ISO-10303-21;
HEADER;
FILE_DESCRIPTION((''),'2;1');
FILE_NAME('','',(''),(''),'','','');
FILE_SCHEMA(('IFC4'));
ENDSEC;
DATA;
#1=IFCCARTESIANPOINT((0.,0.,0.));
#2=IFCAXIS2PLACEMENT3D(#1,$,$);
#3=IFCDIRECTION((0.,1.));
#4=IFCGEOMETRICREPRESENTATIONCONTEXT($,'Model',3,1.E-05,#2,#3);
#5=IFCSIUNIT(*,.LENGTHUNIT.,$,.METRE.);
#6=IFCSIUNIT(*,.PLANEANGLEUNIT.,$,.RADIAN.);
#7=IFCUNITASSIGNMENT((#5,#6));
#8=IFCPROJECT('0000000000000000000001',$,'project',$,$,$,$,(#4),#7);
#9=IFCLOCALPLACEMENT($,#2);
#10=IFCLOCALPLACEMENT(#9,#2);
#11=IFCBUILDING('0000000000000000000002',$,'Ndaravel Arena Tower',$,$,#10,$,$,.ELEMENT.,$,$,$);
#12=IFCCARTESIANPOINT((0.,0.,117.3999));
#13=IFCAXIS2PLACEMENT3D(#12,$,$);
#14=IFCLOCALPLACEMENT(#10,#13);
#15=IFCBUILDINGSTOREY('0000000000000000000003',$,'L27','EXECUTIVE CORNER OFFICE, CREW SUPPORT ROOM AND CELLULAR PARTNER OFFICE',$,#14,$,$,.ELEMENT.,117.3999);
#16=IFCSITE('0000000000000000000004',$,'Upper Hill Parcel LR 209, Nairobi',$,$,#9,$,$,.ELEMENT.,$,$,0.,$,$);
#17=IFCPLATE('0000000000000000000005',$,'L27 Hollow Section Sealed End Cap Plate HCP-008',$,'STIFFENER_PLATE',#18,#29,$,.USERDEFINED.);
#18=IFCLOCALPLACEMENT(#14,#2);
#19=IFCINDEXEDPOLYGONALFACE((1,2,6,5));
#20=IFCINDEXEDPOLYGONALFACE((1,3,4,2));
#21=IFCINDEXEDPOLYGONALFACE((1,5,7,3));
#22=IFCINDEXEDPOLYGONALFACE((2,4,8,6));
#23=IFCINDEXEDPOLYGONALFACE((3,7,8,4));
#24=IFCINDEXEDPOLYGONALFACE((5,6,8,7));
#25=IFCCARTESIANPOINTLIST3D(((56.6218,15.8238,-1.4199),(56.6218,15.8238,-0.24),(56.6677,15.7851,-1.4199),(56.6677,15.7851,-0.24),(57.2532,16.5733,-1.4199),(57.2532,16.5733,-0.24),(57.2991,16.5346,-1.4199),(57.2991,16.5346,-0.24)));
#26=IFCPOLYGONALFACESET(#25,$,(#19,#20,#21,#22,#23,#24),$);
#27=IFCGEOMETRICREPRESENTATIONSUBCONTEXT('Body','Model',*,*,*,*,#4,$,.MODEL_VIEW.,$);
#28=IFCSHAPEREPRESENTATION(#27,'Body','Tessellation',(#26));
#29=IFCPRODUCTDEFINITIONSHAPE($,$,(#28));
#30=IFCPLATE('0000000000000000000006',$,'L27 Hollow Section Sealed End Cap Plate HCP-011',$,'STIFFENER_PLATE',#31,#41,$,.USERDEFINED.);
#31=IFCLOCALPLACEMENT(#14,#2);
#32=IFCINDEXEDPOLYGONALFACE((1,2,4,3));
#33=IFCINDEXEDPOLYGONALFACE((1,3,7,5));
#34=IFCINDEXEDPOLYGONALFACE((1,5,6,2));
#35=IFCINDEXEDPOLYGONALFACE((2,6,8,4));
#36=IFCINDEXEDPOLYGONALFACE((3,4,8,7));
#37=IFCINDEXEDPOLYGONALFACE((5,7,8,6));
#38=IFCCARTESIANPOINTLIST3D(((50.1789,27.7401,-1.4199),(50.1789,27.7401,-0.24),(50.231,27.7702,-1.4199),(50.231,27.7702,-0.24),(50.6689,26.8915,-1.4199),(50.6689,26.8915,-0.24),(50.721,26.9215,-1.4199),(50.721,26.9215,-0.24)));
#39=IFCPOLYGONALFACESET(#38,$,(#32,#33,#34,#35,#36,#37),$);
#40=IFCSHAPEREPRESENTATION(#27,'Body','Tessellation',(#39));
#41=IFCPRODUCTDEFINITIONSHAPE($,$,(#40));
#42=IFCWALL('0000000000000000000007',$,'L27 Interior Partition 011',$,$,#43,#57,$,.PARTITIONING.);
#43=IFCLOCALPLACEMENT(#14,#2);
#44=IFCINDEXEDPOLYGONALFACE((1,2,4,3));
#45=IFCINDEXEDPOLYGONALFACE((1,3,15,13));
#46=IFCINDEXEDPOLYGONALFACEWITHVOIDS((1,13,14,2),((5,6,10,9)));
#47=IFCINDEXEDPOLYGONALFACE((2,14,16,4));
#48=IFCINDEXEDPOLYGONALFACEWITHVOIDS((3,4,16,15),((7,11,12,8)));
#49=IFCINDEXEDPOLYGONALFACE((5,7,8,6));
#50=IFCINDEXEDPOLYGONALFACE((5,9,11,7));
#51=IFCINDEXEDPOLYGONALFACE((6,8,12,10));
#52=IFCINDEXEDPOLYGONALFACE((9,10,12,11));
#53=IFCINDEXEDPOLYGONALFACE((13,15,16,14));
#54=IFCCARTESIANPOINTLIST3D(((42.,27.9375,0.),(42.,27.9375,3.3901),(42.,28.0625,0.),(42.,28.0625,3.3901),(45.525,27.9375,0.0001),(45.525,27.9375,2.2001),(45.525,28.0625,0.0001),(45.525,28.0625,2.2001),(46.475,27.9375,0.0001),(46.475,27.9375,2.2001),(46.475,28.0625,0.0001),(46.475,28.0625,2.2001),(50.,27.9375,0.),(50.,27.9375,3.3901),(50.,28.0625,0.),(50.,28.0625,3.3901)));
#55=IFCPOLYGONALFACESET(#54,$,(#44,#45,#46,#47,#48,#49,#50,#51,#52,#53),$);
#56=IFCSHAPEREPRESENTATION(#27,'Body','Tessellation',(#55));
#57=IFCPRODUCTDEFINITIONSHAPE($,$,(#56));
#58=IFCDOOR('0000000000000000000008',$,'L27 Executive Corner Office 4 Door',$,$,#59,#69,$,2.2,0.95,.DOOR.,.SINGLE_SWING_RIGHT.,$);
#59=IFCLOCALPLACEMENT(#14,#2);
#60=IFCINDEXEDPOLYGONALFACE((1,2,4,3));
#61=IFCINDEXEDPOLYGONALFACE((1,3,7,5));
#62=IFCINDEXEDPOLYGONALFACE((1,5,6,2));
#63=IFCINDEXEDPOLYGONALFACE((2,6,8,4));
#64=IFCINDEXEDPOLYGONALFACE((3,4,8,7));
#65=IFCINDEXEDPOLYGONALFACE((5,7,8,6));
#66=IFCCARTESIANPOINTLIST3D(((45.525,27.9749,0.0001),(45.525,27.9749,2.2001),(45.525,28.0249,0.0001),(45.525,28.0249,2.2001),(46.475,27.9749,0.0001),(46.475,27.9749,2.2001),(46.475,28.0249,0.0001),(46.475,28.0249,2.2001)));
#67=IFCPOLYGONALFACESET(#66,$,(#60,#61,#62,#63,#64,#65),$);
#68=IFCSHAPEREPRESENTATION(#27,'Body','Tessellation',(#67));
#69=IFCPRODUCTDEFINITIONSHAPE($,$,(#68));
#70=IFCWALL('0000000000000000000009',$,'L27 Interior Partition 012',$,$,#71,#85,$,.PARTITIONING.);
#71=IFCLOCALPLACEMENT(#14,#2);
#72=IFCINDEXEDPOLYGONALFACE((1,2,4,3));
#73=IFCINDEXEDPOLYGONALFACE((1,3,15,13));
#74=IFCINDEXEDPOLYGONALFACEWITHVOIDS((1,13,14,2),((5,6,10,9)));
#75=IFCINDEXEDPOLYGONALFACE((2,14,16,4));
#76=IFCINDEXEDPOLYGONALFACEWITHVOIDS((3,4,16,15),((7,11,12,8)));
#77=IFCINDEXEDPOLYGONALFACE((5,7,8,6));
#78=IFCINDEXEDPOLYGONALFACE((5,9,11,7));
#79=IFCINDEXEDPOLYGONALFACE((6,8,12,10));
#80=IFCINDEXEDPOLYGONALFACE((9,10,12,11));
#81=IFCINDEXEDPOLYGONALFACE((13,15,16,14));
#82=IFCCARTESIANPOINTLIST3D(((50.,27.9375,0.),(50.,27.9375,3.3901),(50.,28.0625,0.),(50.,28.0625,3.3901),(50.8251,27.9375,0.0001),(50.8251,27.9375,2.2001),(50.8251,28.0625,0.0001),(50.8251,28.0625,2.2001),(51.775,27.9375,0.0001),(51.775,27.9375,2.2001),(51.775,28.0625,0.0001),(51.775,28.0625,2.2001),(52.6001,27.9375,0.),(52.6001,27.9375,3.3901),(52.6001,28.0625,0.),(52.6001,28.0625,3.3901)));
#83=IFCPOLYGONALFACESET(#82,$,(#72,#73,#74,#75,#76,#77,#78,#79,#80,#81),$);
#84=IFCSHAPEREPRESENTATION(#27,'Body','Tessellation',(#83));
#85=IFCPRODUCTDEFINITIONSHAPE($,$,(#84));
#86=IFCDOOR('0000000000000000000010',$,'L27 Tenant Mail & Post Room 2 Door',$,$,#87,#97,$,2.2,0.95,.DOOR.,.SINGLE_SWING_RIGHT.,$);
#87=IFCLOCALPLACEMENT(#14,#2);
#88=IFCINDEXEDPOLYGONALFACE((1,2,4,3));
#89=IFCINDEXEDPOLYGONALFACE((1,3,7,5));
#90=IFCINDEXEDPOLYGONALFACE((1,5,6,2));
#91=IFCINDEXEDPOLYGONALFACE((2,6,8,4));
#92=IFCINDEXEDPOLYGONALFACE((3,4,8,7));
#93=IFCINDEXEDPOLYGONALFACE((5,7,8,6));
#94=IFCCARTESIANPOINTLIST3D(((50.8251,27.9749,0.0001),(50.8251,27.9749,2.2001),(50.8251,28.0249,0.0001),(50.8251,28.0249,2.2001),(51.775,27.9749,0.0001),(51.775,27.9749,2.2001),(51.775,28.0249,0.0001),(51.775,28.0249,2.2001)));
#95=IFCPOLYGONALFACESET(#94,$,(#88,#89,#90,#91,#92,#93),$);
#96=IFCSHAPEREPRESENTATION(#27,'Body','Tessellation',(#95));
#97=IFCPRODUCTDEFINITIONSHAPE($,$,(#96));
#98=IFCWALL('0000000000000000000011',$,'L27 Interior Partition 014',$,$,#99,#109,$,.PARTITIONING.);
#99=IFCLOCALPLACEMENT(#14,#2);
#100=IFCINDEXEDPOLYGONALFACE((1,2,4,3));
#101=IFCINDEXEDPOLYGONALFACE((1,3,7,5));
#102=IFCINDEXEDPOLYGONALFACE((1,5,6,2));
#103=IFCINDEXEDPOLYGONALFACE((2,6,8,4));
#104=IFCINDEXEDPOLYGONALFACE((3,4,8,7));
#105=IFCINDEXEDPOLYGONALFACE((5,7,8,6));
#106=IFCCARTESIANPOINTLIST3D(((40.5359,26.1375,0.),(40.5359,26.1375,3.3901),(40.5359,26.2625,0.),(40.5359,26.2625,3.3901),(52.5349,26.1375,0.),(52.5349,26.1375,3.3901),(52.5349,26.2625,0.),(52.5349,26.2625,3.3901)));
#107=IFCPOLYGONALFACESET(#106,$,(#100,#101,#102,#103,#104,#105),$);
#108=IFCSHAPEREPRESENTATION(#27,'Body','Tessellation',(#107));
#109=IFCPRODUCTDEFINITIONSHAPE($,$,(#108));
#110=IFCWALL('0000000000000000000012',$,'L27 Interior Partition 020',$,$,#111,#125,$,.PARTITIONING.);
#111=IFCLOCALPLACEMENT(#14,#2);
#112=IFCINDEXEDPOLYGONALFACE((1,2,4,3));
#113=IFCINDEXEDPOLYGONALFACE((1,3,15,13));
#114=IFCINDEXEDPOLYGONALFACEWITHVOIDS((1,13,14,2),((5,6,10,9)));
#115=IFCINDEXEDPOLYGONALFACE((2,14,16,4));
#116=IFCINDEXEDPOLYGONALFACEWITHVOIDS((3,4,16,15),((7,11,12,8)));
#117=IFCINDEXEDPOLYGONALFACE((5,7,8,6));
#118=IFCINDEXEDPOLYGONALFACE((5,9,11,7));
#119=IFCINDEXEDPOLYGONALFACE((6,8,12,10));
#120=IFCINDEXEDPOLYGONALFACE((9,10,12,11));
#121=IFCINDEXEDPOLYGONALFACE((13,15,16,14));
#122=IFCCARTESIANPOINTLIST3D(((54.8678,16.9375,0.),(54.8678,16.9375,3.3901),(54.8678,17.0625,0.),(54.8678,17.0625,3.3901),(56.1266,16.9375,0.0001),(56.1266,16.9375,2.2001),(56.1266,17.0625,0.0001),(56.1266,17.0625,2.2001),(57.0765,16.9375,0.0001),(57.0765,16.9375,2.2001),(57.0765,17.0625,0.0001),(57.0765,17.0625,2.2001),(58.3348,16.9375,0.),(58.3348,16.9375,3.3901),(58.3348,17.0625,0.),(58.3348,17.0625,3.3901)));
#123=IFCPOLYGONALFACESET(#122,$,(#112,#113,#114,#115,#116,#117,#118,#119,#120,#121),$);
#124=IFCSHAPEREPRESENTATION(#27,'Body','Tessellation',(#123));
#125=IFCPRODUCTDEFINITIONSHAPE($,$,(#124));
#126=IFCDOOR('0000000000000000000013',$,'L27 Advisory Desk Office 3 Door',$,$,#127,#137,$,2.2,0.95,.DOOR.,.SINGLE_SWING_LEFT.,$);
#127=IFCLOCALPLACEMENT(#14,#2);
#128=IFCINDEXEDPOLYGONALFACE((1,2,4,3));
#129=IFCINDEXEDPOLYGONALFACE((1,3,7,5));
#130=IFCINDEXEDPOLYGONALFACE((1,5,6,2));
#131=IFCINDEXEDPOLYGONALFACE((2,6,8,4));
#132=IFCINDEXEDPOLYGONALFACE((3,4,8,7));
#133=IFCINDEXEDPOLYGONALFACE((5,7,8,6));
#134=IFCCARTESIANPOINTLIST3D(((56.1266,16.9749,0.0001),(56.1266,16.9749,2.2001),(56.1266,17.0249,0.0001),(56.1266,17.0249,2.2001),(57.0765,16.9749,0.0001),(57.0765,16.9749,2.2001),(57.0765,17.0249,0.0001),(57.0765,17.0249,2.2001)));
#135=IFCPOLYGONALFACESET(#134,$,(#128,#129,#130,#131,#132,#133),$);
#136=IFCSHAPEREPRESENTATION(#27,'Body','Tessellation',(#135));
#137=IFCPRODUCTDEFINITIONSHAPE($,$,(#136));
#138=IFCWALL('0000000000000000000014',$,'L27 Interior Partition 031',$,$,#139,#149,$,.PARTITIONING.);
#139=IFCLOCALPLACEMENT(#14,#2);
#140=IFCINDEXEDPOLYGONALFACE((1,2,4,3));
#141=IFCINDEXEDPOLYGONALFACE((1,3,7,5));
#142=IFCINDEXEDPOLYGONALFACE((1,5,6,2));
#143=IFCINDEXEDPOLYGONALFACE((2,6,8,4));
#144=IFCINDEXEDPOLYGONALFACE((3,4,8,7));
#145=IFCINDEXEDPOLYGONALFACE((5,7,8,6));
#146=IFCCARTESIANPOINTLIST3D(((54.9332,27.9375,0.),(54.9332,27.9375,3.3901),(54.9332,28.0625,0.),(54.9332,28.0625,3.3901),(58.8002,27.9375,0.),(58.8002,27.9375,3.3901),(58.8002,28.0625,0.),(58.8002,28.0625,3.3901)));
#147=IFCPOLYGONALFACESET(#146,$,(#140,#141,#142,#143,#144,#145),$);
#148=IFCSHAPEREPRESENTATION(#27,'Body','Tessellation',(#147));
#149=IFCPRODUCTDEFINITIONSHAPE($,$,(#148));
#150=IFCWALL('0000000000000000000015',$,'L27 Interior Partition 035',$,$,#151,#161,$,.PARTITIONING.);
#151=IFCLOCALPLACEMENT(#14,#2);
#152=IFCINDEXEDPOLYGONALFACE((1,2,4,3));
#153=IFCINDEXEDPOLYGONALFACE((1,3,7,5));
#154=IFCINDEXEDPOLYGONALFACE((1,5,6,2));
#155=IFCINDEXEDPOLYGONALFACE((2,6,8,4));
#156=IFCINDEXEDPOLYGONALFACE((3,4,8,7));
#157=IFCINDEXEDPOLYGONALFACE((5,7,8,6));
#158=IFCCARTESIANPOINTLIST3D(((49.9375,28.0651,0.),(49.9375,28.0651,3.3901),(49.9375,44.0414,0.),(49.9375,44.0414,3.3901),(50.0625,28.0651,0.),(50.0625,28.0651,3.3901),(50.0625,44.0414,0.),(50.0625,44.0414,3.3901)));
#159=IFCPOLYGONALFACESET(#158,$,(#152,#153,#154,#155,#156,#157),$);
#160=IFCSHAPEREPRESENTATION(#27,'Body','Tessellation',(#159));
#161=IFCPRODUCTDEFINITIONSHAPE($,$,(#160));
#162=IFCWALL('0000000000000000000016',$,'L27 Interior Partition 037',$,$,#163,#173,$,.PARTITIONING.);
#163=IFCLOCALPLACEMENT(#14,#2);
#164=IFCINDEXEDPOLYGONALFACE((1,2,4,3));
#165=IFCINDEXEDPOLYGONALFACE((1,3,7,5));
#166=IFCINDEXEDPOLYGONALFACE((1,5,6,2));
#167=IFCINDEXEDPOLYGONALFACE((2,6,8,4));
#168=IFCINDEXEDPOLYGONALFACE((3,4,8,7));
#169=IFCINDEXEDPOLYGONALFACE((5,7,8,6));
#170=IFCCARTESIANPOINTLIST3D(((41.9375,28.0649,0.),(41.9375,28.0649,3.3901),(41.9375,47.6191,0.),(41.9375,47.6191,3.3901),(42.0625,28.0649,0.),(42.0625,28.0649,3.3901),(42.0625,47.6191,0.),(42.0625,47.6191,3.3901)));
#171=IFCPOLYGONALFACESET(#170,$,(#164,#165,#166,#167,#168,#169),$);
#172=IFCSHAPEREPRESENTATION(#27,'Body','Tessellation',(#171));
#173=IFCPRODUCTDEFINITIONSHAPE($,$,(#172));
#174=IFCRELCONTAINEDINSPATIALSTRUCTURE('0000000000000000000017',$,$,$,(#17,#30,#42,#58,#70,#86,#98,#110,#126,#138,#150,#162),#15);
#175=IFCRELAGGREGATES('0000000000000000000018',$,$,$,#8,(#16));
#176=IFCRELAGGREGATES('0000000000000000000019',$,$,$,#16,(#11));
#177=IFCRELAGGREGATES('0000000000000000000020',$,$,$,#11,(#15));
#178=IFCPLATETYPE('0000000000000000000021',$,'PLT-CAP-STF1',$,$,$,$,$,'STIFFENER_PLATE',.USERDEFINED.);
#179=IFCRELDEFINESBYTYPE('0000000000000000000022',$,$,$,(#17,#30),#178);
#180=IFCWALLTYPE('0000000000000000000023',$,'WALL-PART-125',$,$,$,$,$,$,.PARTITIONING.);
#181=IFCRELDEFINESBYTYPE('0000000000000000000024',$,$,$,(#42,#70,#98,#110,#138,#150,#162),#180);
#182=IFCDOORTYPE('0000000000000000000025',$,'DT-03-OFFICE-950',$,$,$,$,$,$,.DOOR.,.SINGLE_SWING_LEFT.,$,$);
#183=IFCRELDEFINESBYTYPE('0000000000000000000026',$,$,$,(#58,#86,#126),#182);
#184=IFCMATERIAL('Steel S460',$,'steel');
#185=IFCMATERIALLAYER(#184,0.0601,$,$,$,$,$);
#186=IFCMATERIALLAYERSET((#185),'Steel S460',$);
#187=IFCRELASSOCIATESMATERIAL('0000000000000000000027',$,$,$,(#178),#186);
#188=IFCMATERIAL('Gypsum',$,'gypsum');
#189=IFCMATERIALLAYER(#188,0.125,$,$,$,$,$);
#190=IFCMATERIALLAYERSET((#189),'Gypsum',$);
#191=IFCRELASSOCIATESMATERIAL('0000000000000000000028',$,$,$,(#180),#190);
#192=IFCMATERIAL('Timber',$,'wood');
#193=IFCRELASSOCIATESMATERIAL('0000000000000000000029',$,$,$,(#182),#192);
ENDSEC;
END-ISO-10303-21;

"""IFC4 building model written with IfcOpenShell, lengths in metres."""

from ifc_helpers import new_model, si_unit, direction, frame, frame_2d, origin, origin_2d, place, context, subcontext, project, spatial, rectangle, extrude, material, layer, layer_set, type_object, element, fill, save


model = new_model("IFC4")

# Units and contexts
model_context = context("Model", 3, precision=1e-05, world=origin(), true_north=direction((0.0, 1.0)))
body_context = subcontext(model_context, "Body", "Model", "MODEL_VIEW")
ifc_project = project(units=[si_unit("LENGTHUNIT", "METRE"), si_unit("PLANEANGLEUNIT", "RADIAN")], contexts=[model_context])

# Site, building, storey
site_placement = place(None, origin())
site = spatial("IfcSite", under=ifc_project, at=site_placement, Name="Upper Hill Parcel LR 209, Nairobi", CompositionType="ELEMENT", RefElevation=0.0)
building_placement = place(site_placement, origin())
building = spatial("IfcBuilding", under=site, at=building_placement, Name="Ndaravel Arena Tower", CompositionType="ELEMENT")
storey_placement = place(building_placement, frame((0.0, 0.0, 117.3999)))
storey = spatial("IfcBuildingStorey", under=building, at=storey_placement, Name="L27", Description="EXECUTIVE CORNER OFFICE, CREW SUPPORT ROOM AND CELLULAR PARTNER OFFICE", CompositionType="ELEMENT", Elevation=117.3999)

# Plates
ifc_material_1 = material(Name="Steel S460", Category="steel")
ifc_layer_1 = layer(ifc_material_1, 0.0601)
ifc_layer_set_1 = layer_set([ifc_layer_1], Name="Steel S460")
plate_type = type_object("IfcPlateType", Name="PLT-CAP-STF1", ElementType="STIFFENER_PLATE", PredefinedType="USERDEFINED", material=ifc_layer_set_1)
for number, where, z_axis, x_axis, name in (
    (1, (56.9604, 16.1792, -1.4199), (0.0, 0.0, 1.0), (0.764809, -0.644257, 0.0), "L27 Hollow Section Sealed End Cap Plate HCP-008"),
    (2, (50.45, 27.3308, -1.4199), (0.0, 0.0, 1.0), (0.866025, 0.5, 0.0), "L27 Hollow Section Sealed End Cap Plate HCP-011"),
):
    element("IfcPlate", number, at=place(storey_placement, frame(where, z_axis=z_axis, x_axis=x_axis)), inside=storey, type_object=plate_type, Name=name, ObjectType="STIFFENER_PLATE", PredefinedType="USERDEFINED", context=body_context, shape_type="SweptSolid", body=[
        extrude(rectangle(XDim=0.0601, YDim=0.98, at=origin_2d()), origin(), (0.0, 0.0, 1.0), 1.1799),
    ])

# Walls, openings, doors
ifc_material_2 = material(Name="Gypsum", Category="gypsum")
ifc_layer_2 = layer(ifc_material_2, 0.125)
ifc_layer_set_2 = layer_set([ifc_layer_2], Name="Gypsum")
wall_type_1 = type_object("IfcWallType", Name="WALL-PART-125", PredefinedType="PARTITIONING", material=ifc_layer_set_2)
wall_1_placement = place(storey_placement, frame((42.0, 28.0, 0.0), z_axis=(0.0, 0.0, 1.0), x_axis=(1.0, 0.0, 0.0)))
wall_1 = element("IfcWall", 3, at=wall_1_placement, inside=storey, type_object=wall_type_1, Name="L27 Interior Partition 011", PredefinedType="PARTITIONING", context=body_context, shape_type="SweptSolid", body=[
    extrude(rectangle(XDim=8.0, YDim=0.125, at=frame_2d((4.0, 0.0))), origin(), (0.0, 0.0, 1.0), 3.3901),
])
opening_1_placement = place(wall_1_placement, frame((3.5249, 0.0, 0.0)))
opening_1 = element("IfcOpeningElement", 4, at=opening_1_placement, cuts=wall_1, PredefinedType="OPENING", context=body_context, shape_type="SweptSolid", body=[
    extrude(rectangle(XDim=0.95, YDim=2.2, at=frame_2d((0.4751, 1.1001))), frame((0.0, 0.0625, 0.0), z_axis=(0.0, -1.0, 0.0), x_axis=(1.0, 0.0, 0.0)), (0.0, 0.0, 1.0), 0.125),
])
ifc_material_3 = material(Name="Timber", Category="wood")
door_type_1 = type_object("IfcDoorType", Name="DT-03-OFFICE-950", OperationType="SINGLE_SWING_LEFT", PredefinedType="DOOR", material=ifc_material_3)
door_1_placement = place(opening_1_placement, origin())
door_1 = element("IfcDoor", 5, at=door_1_placement, inside=storey, type_object=door_type_1, Name="L27 Executive Corner Office 4 Door", OperationType="SINGLE_SWING_RIGHT", OverallHeight=2.2, OverallWidth=0.95, PredefinedType="DOOR", context=body_context, shape_type="SweptSolid", body=[
    extrude(rectangle(XDim=0.95, YDim=2.2, at=frame_2d((0.4751, 1.1001))), frame((0.0, 0.0249, 0.0), z_axis=(0.0, -1.0, 0.0), x_axis=(1.0, 0.0, 0.0)), (0.0, 0.0, 1.0), 0.05),
])
fill(opening_1, door_1)
wall_2_placement = place(storey_placement, frame((50.0, 28.0, 0.0), z_axis=(0.0, 0.0, 1.0), x_axis=(1.0, 0.0, 0.0)))
wall_2 = element("IfcWall", 6, at=wall_2_placement, inside=storey, type_object=wall_type_1, Name="L27 Interior Partition 012", PredefinedType="PARTITIONING", context=body_context, shape_type="SweptSolid", body=[
    extrude(rectangle(XDim=2.6001, YDim=0.125, at=frame_2d((1.3, 0.0))), origin(), (0.0, 0.0, 1.0), 3.3901),
])
opening_2_placement = place(wall_2_placement, frame((0.825, 0.0, 0.0)))
opening_2 = element("IfcOpeningElement", 7, at=opening_2_placement, cuts=wall_2, PredefinedType="OPENING", context=body_context, shape_type="SweptSolid", body=[
    extrude(rectangle(XDim=0.95, YDim=2.2, at=frame_2d((0.4751, 1.1001))), frame((0.0, 0.0625, 0.0), z_axis=(0.0, -1.0, 0.0), x_axis=(1.0, 0.0, 0.0)), (0.0, 0.0, 1.0), 0.125),
])
door_2_placement = place(opening_2_placement, origin())
door_2 = element("IfcDoor", 8, at=door_2_placement, inside=storey, type_object=door_type_1, Name="L27 Tenant Mail & Post Room 2 Door", OperationType="SINGLE_SWING_RIGHT", OverallHeight=2.2, OverallWidth=0.95, PredefinedType="DOOR", context=body_context, shape_type="SweptSolid", body=[
    extrude(rectangle(XDim=0.95, YDim=2.2, at=frame_2d((0.4751, 1.1001))), frame((0.0, 0.0249, 0.0), z_axis=(0.0, -1.0, 0.0), x_axis=(1.0, 0.0, 0.0)), (0.0, 0.0, 1.0), 0.05),
])
fill(opening_2, door_2)

# Wall
wall_3_placement = place(storey_placement, frame((52.5349, 26.2, 0.0), z_axis=(0.0, 0.0, 1.0), x_axis=(-1.0, 0.0, 0.0)))
element("IfcWall", 9, at=wall_3_placement, inside=storey, type_object=wall_type_1, Name="L27 Interior Partition 014", PredefinedType="PARTITIONING", context=body_context, shape_type="SweptSolid", body=[
    extrude(rectangle(XDim=11.999, YDim=0.125, at=frame_2d((5.9995, 0.0))), origin(), (0.0, 0.0, 1.0), 3.3901),
])

# Wall, opening, door
wall_4_placement = place(storey_placement, frame((54.8679, 17.0, 0.0), z_axis=(0.0, 0.0, 1.0), x_axis=(1.0, 0.0, 0.0)))
wall_4 = element("IfcWall", 10, at=wall_4_placement, inside=storey, type_object=wall_type_1, Name="L27 Interior Partition 020", PredefinedType="PARTITIONING", context=body_context, shape_type="SweptSolid", body=[
    extrude(rectangle(XDim=3.467, YDim=0.125, at=frame_2d((1.7334, 0.0))), origin(), (0.0, 0.0, 1.0), 3.3901),
])
opening_3_placement = place(wall_4_placement, frame((1.2585, 0.0, 0.0)))
opening_3 = element("IfcOpeningElement", 11, at=opening_3_placement, cuts=wall_4, PredefinedType="OPENING", context=body_context, shape_type="SweptSolid", body=[
    extrude(rectangle(XDim=0.95, YDim=2.2, at=frame_2d((0.4751, 1.1001))), frame((0.0, 0.0625, 0.0), z_axis=(0.0, -1.0, 0.0), x_axis=(1.0, 0.0, 0.0)), (0.0, 0.0, 1.0), 0.125),
])
door_3_placement = place(opening_3_placement, origin())
door_3 = element("IfcDoor", 12, at=door_3_placement, inside=storey, type_object=door_type_1, Name="L27 Advisory Desk Office 3 Door", OperationType="SINGLE_SWING_LEFT", OverallHeight=2.2, OverallWidth=0.95, PredefinedType="DOOR", context=body_context, shape_type="SweptSolid", body=[
    extrude(rectangle(XDim=0.95, YDim=2.2, at=frame_2d((0.4751, 1.1001))), frame((0.0, 0.0249, 0.0), z_axis=(0.0, -1.0, 0.0), x_axis=(1.0, 0.0, 0.0)), (0.0, 0.0, 1.0), 0.05),
])
fill(opening_3, door_3)

# Walls
wall_5_placement = place(storey_placement, frame((54.9331, 28.0, 0.0), z_axis=(0.0, 0.0, 1.0), x_axis=(1.0, 0.0, 0.0)))
element("IfcWall", 13, at=wall_5_placement, inside=storey, type_object=wall_type_1, Name="L27 Interior Partition 031", PredefinedType="PARTITIONING", context=body_context, shape_type="SweptSolid", body=[
    extrude(rectangle(XDim=3.8669, YDim=0.125, at=frame_2d((1.9336, 0.0))), origin(), (0.0, 0.0, 1.0), 3.3901),
])
wall_6_placement = place(storey_placement, frame((50.0, 28.0649, 0.0), z_axis=(0.0, 0.0, 1.0), x_axis=(0.0, 1.0, 0.0)))
element("IfcWall", 14, at=wall_6_placement, inside=storey, type_object=wall_type_1, Name="L27 Interior Partition 035", PredefinedType="PARTITIONING", context=body_context, shape_type="SweptSolid", body=[
    extrude(rectangle(XDim=15.9763, YDim=0.125, at=frame_2d((7.9883, 0.0))), origin(), (0.0, 0.0, 1.0), 3.3901),
])
wall_7_placement = place(storey_placement, frame((42.0, 28.0649, 0.0), z_axis=(0.0, 0.0, 1.0), x_axis=(0.0, 1.0, 0.0)))
element("IfcWall", 15, at=wall_7_placement, inside=storey, type_object=wall_type_1, Name="L27 Interior Partition 037", PredefinedType="PARTITIONING", context=body_context, shape_type="SweptSolid", body=[
    extrude(rectangle(XDim=19.5542, YDim=0.125, at=frame_2d((9.7771, 0.0))), origin(), (0.0, 0.0, 1.0), 3.3901),
])

save(model, "model.ifc")
